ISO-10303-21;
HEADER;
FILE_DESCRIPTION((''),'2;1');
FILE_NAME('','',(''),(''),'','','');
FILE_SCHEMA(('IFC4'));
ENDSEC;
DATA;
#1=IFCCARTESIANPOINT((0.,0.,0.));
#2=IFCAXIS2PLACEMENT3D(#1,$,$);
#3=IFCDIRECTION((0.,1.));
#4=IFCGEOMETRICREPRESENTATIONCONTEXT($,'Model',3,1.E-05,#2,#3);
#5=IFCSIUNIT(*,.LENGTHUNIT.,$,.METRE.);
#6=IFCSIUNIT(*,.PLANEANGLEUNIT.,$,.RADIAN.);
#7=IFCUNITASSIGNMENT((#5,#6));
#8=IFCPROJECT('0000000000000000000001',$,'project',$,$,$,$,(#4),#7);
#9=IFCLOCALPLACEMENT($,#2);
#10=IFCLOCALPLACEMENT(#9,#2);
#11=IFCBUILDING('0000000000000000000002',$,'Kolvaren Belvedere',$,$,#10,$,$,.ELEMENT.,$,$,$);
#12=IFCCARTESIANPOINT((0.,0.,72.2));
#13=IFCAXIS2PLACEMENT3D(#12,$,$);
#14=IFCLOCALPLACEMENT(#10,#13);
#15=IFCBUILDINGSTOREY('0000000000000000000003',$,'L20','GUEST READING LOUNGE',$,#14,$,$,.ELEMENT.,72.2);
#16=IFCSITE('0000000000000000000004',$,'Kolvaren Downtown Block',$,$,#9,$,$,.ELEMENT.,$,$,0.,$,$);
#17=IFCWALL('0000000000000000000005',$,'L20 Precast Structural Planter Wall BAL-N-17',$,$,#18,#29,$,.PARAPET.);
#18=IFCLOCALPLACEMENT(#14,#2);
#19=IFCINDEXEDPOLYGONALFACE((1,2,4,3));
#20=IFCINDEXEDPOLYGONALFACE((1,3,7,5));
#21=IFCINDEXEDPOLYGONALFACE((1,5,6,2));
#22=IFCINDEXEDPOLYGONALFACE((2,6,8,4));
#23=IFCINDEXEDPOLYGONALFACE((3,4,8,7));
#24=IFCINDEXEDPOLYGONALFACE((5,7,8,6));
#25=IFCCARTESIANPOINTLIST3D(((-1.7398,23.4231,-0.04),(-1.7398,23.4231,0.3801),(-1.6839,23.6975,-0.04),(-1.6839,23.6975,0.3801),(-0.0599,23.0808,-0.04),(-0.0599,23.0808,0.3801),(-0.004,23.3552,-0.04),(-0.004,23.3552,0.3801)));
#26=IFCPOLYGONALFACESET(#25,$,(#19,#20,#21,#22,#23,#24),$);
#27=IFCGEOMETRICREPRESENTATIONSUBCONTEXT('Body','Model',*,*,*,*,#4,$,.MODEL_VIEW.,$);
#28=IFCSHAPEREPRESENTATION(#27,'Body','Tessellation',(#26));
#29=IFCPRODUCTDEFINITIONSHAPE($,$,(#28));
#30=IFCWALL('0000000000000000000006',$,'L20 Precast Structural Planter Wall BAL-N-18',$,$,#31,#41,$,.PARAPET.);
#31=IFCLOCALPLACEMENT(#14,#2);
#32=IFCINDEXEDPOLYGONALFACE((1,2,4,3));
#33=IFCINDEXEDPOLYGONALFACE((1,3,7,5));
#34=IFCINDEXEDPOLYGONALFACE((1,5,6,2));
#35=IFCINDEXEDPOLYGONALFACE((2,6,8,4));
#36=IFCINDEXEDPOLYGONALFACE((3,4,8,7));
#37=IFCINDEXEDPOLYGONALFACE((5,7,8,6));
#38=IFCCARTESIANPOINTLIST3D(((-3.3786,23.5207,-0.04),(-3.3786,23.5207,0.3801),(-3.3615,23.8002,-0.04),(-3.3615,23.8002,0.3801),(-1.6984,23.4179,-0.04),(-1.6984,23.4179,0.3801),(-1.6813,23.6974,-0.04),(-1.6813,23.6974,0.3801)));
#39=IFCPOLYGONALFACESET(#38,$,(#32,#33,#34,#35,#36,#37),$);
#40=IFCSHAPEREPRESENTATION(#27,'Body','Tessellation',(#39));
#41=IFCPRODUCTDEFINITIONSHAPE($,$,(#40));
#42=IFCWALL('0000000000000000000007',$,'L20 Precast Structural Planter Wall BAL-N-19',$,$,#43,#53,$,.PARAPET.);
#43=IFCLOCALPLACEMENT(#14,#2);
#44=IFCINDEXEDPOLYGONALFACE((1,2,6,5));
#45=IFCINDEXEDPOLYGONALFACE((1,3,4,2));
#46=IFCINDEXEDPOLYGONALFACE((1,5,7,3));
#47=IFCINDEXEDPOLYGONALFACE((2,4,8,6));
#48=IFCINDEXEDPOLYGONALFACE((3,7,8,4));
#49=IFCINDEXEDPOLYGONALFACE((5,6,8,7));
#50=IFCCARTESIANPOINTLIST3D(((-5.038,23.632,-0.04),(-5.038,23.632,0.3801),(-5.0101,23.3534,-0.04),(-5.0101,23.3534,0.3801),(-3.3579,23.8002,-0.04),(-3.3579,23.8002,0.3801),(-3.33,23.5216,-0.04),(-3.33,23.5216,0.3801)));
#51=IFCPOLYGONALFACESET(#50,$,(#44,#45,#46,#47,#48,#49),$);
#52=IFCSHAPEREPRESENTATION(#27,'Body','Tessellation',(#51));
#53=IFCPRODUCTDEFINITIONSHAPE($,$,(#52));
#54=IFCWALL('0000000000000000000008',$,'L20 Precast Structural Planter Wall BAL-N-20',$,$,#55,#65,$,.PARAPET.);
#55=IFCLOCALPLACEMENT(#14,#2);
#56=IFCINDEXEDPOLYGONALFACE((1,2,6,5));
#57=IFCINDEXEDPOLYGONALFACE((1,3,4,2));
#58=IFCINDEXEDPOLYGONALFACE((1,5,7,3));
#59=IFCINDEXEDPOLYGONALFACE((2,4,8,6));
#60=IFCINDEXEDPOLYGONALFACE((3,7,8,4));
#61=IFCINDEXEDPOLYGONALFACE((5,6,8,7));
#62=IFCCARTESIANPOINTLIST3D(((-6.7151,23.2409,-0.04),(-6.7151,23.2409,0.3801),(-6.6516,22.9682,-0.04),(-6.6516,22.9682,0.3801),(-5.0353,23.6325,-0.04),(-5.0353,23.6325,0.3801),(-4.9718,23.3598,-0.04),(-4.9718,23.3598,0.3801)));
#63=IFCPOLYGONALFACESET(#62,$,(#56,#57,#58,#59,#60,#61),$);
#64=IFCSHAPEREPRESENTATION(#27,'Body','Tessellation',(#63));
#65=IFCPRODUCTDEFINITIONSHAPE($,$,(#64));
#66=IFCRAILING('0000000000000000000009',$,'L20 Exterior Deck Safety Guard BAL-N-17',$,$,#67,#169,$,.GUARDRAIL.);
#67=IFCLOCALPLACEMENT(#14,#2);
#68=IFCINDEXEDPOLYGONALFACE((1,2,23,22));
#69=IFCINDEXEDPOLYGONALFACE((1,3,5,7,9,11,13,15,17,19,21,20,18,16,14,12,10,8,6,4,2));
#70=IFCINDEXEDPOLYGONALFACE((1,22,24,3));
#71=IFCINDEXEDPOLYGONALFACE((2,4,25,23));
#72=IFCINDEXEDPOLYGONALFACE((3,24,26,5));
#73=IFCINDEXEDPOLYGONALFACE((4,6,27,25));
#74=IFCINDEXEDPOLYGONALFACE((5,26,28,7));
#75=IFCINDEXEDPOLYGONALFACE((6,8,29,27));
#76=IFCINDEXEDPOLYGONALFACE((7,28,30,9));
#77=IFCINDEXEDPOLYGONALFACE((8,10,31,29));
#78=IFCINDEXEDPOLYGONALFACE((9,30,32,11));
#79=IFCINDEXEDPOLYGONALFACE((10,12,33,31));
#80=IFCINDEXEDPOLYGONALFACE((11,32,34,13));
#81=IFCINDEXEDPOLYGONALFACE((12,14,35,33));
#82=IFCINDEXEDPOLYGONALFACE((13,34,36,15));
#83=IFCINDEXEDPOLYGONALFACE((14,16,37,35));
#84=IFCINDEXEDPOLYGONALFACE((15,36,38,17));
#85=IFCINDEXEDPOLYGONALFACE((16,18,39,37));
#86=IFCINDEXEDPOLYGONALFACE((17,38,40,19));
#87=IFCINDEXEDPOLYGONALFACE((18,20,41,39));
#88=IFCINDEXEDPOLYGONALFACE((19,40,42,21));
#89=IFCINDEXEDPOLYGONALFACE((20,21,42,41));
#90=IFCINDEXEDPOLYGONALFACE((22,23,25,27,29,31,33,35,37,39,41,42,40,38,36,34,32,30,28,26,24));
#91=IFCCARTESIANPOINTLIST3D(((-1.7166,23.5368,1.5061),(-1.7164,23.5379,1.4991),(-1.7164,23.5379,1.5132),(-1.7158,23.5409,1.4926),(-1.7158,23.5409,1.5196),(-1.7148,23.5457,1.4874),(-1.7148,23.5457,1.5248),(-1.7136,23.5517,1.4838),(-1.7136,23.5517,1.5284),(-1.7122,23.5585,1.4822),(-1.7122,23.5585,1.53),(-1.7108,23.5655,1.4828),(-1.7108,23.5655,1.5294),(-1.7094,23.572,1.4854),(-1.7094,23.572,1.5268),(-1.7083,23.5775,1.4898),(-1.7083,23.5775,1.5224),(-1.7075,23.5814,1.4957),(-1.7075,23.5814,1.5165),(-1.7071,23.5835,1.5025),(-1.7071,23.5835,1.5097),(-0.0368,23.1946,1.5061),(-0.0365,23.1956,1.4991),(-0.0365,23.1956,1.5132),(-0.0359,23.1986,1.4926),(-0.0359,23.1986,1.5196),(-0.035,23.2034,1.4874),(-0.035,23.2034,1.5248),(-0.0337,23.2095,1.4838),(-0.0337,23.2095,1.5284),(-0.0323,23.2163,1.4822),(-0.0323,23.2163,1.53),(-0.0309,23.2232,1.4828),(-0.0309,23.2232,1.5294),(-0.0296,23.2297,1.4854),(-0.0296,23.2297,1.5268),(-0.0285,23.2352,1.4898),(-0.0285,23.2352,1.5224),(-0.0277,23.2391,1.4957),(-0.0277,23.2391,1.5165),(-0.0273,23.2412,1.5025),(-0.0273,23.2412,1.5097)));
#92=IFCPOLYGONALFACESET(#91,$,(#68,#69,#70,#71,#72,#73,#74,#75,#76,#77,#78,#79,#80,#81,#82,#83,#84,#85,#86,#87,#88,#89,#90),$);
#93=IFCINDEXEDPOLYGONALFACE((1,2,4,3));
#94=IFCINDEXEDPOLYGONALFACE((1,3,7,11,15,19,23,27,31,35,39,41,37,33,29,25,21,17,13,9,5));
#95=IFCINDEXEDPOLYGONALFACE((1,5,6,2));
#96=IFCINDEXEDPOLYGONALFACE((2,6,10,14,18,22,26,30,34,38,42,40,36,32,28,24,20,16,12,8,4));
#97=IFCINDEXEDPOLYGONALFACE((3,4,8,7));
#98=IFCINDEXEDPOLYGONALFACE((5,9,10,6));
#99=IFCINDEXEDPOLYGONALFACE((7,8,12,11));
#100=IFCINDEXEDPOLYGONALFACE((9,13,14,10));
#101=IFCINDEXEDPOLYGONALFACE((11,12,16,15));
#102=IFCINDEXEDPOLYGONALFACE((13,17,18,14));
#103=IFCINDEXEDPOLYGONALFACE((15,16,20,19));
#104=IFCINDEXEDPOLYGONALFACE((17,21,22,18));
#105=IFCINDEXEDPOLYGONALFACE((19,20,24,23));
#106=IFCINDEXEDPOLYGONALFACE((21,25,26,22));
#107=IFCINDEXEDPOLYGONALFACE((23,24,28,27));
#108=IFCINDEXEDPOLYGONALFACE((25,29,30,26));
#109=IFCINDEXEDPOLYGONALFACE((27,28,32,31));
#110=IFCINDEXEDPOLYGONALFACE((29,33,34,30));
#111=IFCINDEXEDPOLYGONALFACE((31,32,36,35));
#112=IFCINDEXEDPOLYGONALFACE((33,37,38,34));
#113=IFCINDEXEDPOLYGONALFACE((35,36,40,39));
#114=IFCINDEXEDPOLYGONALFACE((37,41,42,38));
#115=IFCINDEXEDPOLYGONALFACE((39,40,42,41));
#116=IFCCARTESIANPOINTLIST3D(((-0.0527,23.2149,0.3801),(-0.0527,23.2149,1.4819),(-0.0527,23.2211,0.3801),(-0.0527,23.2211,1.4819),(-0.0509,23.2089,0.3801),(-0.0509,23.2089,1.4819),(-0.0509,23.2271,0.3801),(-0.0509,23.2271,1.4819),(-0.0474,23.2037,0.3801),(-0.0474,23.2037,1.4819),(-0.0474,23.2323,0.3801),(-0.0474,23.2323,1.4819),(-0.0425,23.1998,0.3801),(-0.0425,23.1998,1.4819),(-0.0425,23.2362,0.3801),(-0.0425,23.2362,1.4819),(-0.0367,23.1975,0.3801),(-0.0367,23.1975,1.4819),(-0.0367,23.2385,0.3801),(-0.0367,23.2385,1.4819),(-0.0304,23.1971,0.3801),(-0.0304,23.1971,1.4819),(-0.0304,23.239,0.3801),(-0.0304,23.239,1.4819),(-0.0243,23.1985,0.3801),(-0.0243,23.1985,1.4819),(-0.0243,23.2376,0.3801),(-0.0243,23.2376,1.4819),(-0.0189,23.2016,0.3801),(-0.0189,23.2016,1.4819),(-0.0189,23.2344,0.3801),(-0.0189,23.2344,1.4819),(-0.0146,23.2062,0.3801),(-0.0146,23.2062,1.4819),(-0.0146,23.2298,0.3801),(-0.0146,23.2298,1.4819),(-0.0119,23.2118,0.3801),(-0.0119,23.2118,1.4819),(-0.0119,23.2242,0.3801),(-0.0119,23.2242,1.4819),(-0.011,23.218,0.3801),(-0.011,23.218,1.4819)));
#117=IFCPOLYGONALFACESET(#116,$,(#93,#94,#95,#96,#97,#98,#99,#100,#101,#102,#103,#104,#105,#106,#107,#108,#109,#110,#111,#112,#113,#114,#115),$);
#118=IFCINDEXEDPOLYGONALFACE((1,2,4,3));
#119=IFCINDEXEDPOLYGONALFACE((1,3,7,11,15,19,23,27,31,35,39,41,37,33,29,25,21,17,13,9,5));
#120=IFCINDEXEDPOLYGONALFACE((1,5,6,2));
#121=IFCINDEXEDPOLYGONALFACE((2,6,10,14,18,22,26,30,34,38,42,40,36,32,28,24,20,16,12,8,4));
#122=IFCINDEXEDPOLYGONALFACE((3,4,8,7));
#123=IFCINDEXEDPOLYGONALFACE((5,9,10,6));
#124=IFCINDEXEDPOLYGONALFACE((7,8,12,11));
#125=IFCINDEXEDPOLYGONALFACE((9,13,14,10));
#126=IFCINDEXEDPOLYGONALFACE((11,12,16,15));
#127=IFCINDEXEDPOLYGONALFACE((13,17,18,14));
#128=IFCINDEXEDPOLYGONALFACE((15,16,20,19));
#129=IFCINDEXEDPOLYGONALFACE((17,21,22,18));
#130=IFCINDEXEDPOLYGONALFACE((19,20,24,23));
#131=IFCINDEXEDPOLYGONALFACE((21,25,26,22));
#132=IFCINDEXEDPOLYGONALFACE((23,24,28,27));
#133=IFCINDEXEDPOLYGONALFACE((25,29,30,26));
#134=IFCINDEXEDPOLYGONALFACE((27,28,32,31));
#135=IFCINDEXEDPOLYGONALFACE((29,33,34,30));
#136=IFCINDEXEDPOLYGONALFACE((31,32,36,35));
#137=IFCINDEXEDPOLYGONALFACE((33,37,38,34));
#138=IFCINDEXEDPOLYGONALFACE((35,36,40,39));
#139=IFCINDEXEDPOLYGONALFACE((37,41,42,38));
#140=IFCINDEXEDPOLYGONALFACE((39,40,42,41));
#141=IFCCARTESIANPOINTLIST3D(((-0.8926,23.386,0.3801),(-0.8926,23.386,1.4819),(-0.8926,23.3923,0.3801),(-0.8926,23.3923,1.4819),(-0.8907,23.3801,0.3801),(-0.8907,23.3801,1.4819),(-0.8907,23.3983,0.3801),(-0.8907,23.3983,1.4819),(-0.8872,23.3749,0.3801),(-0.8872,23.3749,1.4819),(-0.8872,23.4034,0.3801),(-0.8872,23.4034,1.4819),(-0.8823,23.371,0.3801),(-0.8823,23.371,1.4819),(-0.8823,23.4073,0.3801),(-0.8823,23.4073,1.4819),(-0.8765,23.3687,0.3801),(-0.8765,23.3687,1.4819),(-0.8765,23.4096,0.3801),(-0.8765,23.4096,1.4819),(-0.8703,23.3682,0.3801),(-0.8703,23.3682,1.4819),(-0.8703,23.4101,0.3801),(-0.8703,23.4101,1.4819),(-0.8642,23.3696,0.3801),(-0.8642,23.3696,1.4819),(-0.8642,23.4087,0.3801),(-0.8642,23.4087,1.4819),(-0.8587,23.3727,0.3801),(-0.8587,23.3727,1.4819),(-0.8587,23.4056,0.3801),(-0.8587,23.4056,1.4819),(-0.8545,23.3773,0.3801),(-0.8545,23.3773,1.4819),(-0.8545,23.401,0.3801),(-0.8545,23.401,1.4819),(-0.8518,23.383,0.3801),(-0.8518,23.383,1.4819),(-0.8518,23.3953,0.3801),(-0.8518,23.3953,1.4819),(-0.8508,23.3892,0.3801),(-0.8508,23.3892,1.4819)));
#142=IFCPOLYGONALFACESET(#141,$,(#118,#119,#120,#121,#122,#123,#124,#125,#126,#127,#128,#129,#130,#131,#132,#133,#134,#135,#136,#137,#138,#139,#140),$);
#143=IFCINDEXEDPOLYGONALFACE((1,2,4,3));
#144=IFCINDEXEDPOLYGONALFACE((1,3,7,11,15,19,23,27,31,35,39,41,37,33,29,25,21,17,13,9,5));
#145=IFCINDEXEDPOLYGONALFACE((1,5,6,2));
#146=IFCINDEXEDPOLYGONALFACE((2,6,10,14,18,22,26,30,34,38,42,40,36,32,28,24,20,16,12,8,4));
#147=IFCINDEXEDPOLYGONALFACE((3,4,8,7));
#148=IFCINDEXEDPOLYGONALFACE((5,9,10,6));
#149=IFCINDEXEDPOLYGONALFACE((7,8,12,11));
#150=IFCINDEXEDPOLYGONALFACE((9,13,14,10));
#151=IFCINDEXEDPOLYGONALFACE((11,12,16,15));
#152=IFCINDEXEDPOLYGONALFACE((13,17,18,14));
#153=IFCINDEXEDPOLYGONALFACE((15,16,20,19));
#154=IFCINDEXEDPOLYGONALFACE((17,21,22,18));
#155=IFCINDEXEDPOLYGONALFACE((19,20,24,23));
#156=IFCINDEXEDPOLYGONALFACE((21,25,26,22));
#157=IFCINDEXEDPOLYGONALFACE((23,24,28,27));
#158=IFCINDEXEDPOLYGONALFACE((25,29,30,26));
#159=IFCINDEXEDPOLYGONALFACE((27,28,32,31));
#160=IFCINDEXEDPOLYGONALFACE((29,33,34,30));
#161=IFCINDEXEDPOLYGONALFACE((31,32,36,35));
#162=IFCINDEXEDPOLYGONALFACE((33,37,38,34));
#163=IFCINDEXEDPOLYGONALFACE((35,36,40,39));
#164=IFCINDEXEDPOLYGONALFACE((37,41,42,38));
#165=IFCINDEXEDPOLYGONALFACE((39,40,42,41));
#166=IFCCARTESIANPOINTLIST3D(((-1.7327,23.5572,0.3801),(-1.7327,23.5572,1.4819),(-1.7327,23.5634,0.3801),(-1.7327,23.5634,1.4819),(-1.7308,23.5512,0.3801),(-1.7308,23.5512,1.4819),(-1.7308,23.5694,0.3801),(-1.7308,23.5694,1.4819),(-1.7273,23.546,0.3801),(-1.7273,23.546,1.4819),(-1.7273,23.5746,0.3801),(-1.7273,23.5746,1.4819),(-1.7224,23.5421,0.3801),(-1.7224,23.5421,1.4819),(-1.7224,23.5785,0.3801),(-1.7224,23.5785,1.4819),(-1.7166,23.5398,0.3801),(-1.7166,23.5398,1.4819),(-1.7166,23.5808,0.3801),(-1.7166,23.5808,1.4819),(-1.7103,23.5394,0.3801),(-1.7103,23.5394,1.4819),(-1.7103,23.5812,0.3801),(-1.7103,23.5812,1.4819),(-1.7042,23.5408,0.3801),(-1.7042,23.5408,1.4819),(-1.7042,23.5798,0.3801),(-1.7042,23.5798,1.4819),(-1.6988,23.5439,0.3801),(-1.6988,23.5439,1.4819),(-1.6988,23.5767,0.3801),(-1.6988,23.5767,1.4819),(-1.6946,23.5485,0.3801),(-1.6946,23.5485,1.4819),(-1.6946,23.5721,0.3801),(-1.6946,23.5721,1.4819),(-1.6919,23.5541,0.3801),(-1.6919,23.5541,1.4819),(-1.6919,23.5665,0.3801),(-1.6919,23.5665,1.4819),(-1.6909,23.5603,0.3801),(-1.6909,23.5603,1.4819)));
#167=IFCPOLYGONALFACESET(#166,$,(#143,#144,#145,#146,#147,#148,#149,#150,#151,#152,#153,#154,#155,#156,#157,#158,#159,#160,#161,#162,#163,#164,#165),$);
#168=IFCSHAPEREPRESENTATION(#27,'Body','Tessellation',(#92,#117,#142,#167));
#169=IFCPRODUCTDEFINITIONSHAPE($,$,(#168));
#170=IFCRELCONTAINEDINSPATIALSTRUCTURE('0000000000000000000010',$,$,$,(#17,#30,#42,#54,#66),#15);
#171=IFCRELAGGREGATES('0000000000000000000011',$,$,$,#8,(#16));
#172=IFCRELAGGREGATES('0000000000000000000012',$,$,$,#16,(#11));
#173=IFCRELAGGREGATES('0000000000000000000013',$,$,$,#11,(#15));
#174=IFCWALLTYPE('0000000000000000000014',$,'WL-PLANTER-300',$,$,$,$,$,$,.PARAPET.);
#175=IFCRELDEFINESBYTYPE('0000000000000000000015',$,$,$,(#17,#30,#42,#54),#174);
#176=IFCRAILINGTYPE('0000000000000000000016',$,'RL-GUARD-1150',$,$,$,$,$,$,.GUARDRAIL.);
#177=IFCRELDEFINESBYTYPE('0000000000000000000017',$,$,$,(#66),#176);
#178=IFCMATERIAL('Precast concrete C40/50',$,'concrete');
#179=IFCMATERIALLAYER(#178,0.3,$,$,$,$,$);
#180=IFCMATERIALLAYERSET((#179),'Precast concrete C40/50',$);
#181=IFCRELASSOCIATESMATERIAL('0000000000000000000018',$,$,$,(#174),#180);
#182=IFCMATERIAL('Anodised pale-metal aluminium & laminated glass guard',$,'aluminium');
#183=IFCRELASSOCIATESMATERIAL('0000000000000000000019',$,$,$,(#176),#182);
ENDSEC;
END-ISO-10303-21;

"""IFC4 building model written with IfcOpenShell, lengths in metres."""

from ifc_helpers import new_model, si_unit, direction, frame, frame_2d, origin, origin_2d, place, context, subcontext, project, spatial, rectangle, circle, extrude, material, layer, layer_set, type_object, element, save


model = new_model("IFC4")

# Units and contexts
model_context = context("Model", 3, precision=1e-05, world=origin(), true_north=direction((0.0, 1.0)))
body_context = subcontext(model_context, "Body", "Model", "MODEL_VIEW")
ifc_project = project(units=[si_unit("LENGTHUNIT", "METRE"), si_unit("PLANEANGLEUNIT", "RADIAN")], contexts=[model_context])

# Site, building, storey
site_placement = place(None, origin())
site = spatial("IfcSite", under=ifc_project, at=site_placement, Name="Kolvaren Downtown Block", CompositionType="ELEMENT", RefElevation=0.0)
building_placement = place(site_placement, origin())
building = spatial("IfcBuilding", under=site, at=building_placement, Name="Kolvaren Belvedere", CompositionType="ELEMENT")
storey_placement = place(building_placement, frame((0.0, 0.0, 72.2)))
storey = spatial("IfcBuildingStorey", under=building, at=storey_placement, Name="L20", Description="GUEST READING LOUNGE", CompositionType="ELEMENT", Elevation=72.2)

# Walls
ifc_material_1 = material(Name="Precast concrete C40/50", Category="concrete")
ifc_layer_1 = layer(ifc_material_1, 0.3)
ifc_layer_set_1 = layer_set([ifc_layer_1], Name="Precast concrete C40/50")
wall_type_1 = type_object("IfcWallType", Name="WL-PLANTER-300", PredefinedType="PARAPET", material=ifc_layer_set_1)
wall_1_placement = place(storey_placement, frame((-0.032, 23.218, -0.04), z_axis=(0.0, 0.0, 1.0), x_axis=(-0.979868, 0.199648, 0.0)))
element("IfcWall", 1, at=wall_1_placement, inside=storey, type_object=wall_type_1, Name="L20 Precast Structural Planter Wall BAL-N-17", PredefinedType="PARAPET", context=body_context, shape_type="SweptSolid", body=[
    extrude(rectangle(XDim=1.7144, YDim=0.28, at=frame_2d((0.8572, 0.0))), origin(), (0.0, 0.0, 1.0), 0.4202),
])
wall_2_placement = place(storey_placement, frame((-1.6897, 23.5576, -0.04), z_axis=(0.0, 0.0, 1.0), x_axis=(-0.998134, 0.06106, 0.0)))
element("IfcWall", 2, at=wall_2_placement, inside=storey, type_object=wall_type_1, Name="L20 Precast Structural Planter Wall BAL-N-18", PredefinedType="PARAPET", context=body_context, shape_type="SweptSolid", body=[
    extrude(rectangle(XDim=1.6833, YDim=0.28, at=frame_2d((0.8418, 0.0))), origin(), (0.0, 0.0, 1.0), 0.4202),
])
wall_3_placement = place(storey_placement, frame((-3.344, 23.6609, -0.04), z_axis=(0.0, 0.0, 1.0), x_axis=(-0.995026, -0.099618, 0.0)))
element("IfcWall", 3, at=wall_3_placement, inside=storey, type_object=wall_type_1, Name="L20 Precast Structural Planter Wall BAL-N-19", PredefinedType="PARAPET", context=body_context, shape_type="SweptSolid", body=[
    extrude(rectangle(XDim=1.6885, YDim=0.28, at=frame_2d((0.8442, 0.0))), origin(), (0.0, 0.0, 1.0), 0.4202),
])
wall_4_placement = place(storey_placement, frame((-5.0037, 23.4961, -0.04), z_axis=(0.0, 0.0, 1.0), x_axis=(-0.97389, -0.227019, 0.0)))
element("IfcWall", 4, at=wall_4_placement, inside=storey, type_object=wall_type_1, Name="L20 Precast Structural Planter Wall BAL-N-20", PredefinedType="PARAPET", context=body_context, shape_type="SweptSolid", body=[
    extrude(rectangle(XDim=1.7249, YDim=0.28, at=frame_2d((0.8623, 0.0))), origin(), (0.0, 0.0, 1.0), 0.4202),
])

# Railing
ifc_material_2 = material(Name="Anodised pale-metal aluminium & laminated glass guard", Category="aluminium")
railing_type = type_object("IfcRailingType", Name="RL-GUARD-1150", PredefinedType="GUARDRAIL", material=ifc_material_2)
railing_1_placement = place(storey_placement, frame((-0.032, 23.218, 0.3801)))
element("IfcRailing", 5, at=railing_1_placement, inside=storey, type_object=railing_type, Name="L20 Exterior Deck Safety Guard BAL-N-17", PredefinedType="GUARDRAIL", context=body_context, shape_type="SweptSolid", body=[
    extrude(circle(Radius=0.0239, at=origin_2d()), frame((0.0, 0.0, 1.126), z_axis=(-0.979868, 0.199648, 0.0), x_axis=(-0.199648, -0.979868, 0.0)), (0.0, 0.0, 1.0), 1.7144),
    extrude(circle(Radius=0.021, at=origin_2d()), origin(), (0.0, 0.0, 1.0), 1.1018),
    extrude(circle(Radius=0.021, at=origin_2d()), frame((-0.8398, 0.1711, 0.0)), (0.0, 0.0, 1.0), 1.1018),
    extrude(circle(Radius=0.021, at=origin_2d()), frame((-1.6799, 0.3423, 0.0)), (0.0, 0.0, 1.0), 1.1018),
])

save(model, "model.ifc")
